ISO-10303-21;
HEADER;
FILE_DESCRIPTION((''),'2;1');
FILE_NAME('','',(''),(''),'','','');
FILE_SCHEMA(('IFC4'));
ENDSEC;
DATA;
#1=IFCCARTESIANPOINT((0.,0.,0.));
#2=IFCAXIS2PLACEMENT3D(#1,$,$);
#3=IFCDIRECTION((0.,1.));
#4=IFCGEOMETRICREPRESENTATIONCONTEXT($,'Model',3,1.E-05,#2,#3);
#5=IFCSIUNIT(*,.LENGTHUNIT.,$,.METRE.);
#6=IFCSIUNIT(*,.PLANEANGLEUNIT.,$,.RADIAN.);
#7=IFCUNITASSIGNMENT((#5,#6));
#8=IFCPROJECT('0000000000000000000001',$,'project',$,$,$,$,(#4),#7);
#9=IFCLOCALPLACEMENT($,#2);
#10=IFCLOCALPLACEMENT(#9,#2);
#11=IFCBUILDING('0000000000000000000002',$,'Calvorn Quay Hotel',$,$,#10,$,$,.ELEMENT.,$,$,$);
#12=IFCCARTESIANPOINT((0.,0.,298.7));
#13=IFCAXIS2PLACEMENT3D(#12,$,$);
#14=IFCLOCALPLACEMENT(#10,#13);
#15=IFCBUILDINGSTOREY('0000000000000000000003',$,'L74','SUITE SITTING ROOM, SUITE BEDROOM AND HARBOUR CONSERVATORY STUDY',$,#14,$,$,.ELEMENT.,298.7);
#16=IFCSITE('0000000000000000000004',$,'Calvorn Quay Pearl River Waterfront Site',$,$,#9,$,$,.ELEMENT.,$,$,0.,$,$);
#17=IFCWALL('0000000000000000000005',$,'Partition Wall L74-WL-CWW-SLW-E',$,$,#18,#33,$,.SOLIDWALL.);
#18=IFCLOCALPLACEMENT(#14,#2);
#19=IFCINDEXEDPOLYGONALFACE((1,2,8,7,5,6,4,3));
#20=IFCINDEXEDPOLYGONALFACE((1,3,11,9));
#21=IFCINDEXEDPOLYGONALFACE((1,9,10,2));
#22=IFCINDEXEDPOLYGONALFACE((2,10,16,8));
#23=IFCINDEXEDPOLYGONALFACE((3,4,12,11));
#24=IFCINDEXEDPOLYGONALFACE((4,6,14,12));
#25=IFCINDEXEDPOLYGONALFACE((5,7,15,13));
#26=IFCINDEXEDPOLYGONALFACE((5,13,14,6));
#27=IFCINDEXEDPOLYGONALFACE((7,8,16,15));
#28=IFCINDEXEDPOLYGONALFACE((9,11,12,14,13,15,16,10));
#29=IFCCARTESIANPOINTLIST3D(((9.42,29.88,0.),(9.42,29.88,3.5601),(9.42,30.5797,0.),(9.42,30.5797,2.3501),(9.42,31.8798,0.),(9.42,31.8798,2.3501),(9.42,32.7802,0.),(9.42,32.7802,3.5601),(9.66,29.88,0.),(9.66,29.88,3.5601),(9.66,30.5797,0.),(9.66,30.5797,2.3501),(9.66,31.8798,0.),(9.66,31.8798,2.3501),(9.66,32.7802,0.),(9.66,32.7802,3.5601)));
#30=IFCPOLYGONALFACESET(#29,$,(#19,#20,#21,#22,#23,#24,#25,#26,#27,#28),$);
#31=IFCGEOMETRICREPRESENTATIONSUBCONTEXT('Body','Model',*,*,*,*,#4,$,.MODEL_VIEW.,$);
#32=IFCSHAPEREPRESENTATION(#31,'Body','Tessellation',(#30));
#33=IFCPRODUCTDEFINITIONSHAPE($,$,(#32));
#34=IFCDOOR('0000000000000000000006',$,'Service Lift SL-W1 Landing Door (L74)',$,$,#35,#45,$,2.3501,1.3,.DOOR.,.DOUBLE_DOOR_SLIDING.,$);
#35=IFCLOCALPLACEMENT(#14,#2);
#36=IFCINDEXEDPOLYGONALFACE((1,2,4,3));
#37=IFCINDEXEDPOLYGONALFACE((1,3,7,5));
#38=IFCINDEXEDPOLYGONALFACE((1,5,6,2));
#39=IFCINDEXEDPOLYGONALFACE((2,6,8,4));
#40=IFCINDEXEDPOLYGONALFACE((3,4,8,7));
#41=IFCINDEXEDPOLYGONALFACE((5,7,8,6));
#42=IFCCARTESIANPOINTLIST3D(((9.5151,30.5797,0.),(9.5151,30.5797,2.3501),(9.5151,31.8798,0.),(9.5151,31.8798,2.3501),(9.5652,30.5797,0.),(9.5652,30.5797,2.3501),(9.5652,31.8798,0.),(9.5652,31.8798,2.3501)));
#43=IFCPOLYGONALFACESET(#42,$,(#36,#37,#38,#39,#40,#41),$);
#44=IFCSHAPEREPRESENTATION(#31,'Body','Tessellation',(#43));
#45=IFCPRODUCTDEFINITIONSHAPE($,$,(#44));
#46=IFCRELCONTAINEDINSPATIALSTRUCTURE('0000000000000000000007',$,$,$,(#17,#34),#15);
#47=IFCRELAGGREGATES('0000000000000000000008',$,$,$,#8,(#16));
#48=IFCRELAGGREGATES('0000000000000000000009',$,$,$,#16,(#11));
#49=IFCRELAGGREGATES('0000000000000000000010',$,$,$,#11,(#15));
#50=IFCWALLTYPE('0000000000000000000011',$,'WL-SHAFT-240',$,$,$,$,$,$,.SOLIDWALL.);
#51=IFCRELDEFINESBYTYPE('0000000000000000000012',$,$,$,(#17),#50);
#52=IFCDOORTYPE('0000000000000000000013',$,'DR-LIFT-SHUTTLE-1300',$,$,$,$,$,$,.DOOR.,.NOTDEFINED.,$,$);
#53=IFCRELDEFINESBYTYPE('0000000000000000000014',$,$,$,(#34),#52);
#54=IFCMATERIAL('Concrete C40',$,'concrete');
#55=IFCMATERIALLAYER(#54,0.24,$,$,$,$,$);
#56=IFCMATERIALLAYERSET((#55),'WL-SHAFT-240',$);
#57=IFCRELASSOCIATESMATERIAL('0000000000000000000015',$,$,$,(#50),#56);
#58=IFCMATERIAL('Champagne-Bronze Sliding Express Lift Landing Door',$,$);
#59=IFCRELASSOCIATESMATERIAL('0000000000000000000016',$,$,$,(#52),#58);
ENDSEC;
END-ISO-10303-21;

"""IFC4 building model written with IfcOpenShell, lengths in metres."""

from ifc_helpers import new_model, si_unit, direction, frame, frame_2d, origin, place, context, subcontext, project, spatial, rectangle, extrude, material, layer, layer_set, type_object, element, fill, save


model = new_model("IFC4")

# Units and contexts
model_context = context("Model", 3, precision=1e-05, world=origin(), true_north=direction((0.0, 1.0)))
body_context = subcontext(model_context, "Body", "Model", "MODEL_VIEW")
ifc_project = project(units=[si_unit("LENGTHUNIT", "METRE"), si_unit("PLANEANGLEUNIT", "RADIAN")], contexts=[model_context])

# Site, building, storey
site_placement = place(None, origin())
site = spatial("IfcSite", under=ifc_project, at=site_placement, Name="Calvorn Quay Pearl River Waterfront Site", CompositionType="ELEMENT", RefElevation=0.0)
building_placement = place(site_placement, origin())
building = spatial("IfcBuilding", under=site, at=building_placement, Name="Calvorn Quay Hotel", CompositionType="ELEMENT")
storey_placement = place(building_placement, frame((0.0, 0.0, 298.7)))
storey = spatial("IfcBuildingStorey", under=building, at=storey_placement, Name="L74", Description="SUITE SITTING ROOM, SUITE BEDROOM AND HARBOUR CONSERVATORY STUDY", CompositionType="ELEMENT", Elevation=298.7)

# Wall, opening, door
ifc_material_1 = material(Name="Concrete C40", Category="concrete")
ifc_layer_1 = layer(ifc_material_1, 0.24)
ifc_layer_set_1 = layer_set([ifc_layer_1], Name="WL-SHAFT-240")
wall_type_1 = type_object("IfcWallType", Name="WL-SHAFT-240", PredefinedType="SOLIDWALL", material=ifc_layer_set_1)
wall_1_placement = place(storey_placement, frame((9.54, 29.8799, 0.0), z_axis=(0.0, 0.0, 1.0), x_axis=(0.0, 1.0, 0.0)))
wall_1 = element("IfcWall", 1, at=wall_1_placement, inside=storey, type_object=wall_type_1, Name="Partition Wall L74-WL-CWW-SLW-E", PredefinedType="SOLIDWALL", context=body_context, shape_type="SweptSolid", body=[
    extrude(rectangle(XDim=2.9001, YDim=0.24, at=frame_2d((1.4502, 0.0))), origin(), (0.0, 0.0, 1.0), 3.5601),
])
opening_1_placement = place(wall_1_placement, frame((0.7, 0.0, 0.0)))
opening_1 = element("IfcOpeningElement", 2, at=opening_1_placement, cuts=wall_1, PredefinedType="OPENING", context=body_context, shape_type="SweptSolid", body=[
    extrude(rectangle(XDim=1.3, YDim=2.3501, at=frame_2d((0.6499, 1.175))), frame((0.0, 0.1299, 0.0), z_axis=(0.0, -1.0, 0.0), x_axis=(1.0, 0.0, 0.0)), (0.0, 0.0, 1.0), 0.26),
])
ifc_material_2 = material(Name="Champagne-Bronze Sliding Express Lift Landing Door")
door_type_1 = type_object("IfcDoorType", Name="DR-LIFT-SHUTTLE-1300", OperationType="NOTDEFINED", PredefinedType="DOOR", material=ifc_material_2)
door_1_placement = place(opening_1_placement, origin())
door_1 = element("IfcDoor", 3, at=door_1_placement, inside=storey, type_object=door_type_1, Name="Service Lift SL-W1 Landing Door (L74)", OperationType="DOUBLE_DOOR_SLIDING", OverallHeight=2.3501, OverallWidth=1.3, PredefinedType="DOOR", context=body_context, shape_type="SweptSolid", body=[
    extrude(rectangle(XDim=1.3, YDim=2.3501, at=frame_2d((0.6499, 1.175))), frame((0.0, 0.0249, 0.0), z_axis=(0.0, -1.0, 0.0), x_axis=(1.0, 0.0, 0.0)), (0.0, 0.0, 1.0), 0.05),
])
fill(opening_1, door_1)

save(model, "model.ifc")
